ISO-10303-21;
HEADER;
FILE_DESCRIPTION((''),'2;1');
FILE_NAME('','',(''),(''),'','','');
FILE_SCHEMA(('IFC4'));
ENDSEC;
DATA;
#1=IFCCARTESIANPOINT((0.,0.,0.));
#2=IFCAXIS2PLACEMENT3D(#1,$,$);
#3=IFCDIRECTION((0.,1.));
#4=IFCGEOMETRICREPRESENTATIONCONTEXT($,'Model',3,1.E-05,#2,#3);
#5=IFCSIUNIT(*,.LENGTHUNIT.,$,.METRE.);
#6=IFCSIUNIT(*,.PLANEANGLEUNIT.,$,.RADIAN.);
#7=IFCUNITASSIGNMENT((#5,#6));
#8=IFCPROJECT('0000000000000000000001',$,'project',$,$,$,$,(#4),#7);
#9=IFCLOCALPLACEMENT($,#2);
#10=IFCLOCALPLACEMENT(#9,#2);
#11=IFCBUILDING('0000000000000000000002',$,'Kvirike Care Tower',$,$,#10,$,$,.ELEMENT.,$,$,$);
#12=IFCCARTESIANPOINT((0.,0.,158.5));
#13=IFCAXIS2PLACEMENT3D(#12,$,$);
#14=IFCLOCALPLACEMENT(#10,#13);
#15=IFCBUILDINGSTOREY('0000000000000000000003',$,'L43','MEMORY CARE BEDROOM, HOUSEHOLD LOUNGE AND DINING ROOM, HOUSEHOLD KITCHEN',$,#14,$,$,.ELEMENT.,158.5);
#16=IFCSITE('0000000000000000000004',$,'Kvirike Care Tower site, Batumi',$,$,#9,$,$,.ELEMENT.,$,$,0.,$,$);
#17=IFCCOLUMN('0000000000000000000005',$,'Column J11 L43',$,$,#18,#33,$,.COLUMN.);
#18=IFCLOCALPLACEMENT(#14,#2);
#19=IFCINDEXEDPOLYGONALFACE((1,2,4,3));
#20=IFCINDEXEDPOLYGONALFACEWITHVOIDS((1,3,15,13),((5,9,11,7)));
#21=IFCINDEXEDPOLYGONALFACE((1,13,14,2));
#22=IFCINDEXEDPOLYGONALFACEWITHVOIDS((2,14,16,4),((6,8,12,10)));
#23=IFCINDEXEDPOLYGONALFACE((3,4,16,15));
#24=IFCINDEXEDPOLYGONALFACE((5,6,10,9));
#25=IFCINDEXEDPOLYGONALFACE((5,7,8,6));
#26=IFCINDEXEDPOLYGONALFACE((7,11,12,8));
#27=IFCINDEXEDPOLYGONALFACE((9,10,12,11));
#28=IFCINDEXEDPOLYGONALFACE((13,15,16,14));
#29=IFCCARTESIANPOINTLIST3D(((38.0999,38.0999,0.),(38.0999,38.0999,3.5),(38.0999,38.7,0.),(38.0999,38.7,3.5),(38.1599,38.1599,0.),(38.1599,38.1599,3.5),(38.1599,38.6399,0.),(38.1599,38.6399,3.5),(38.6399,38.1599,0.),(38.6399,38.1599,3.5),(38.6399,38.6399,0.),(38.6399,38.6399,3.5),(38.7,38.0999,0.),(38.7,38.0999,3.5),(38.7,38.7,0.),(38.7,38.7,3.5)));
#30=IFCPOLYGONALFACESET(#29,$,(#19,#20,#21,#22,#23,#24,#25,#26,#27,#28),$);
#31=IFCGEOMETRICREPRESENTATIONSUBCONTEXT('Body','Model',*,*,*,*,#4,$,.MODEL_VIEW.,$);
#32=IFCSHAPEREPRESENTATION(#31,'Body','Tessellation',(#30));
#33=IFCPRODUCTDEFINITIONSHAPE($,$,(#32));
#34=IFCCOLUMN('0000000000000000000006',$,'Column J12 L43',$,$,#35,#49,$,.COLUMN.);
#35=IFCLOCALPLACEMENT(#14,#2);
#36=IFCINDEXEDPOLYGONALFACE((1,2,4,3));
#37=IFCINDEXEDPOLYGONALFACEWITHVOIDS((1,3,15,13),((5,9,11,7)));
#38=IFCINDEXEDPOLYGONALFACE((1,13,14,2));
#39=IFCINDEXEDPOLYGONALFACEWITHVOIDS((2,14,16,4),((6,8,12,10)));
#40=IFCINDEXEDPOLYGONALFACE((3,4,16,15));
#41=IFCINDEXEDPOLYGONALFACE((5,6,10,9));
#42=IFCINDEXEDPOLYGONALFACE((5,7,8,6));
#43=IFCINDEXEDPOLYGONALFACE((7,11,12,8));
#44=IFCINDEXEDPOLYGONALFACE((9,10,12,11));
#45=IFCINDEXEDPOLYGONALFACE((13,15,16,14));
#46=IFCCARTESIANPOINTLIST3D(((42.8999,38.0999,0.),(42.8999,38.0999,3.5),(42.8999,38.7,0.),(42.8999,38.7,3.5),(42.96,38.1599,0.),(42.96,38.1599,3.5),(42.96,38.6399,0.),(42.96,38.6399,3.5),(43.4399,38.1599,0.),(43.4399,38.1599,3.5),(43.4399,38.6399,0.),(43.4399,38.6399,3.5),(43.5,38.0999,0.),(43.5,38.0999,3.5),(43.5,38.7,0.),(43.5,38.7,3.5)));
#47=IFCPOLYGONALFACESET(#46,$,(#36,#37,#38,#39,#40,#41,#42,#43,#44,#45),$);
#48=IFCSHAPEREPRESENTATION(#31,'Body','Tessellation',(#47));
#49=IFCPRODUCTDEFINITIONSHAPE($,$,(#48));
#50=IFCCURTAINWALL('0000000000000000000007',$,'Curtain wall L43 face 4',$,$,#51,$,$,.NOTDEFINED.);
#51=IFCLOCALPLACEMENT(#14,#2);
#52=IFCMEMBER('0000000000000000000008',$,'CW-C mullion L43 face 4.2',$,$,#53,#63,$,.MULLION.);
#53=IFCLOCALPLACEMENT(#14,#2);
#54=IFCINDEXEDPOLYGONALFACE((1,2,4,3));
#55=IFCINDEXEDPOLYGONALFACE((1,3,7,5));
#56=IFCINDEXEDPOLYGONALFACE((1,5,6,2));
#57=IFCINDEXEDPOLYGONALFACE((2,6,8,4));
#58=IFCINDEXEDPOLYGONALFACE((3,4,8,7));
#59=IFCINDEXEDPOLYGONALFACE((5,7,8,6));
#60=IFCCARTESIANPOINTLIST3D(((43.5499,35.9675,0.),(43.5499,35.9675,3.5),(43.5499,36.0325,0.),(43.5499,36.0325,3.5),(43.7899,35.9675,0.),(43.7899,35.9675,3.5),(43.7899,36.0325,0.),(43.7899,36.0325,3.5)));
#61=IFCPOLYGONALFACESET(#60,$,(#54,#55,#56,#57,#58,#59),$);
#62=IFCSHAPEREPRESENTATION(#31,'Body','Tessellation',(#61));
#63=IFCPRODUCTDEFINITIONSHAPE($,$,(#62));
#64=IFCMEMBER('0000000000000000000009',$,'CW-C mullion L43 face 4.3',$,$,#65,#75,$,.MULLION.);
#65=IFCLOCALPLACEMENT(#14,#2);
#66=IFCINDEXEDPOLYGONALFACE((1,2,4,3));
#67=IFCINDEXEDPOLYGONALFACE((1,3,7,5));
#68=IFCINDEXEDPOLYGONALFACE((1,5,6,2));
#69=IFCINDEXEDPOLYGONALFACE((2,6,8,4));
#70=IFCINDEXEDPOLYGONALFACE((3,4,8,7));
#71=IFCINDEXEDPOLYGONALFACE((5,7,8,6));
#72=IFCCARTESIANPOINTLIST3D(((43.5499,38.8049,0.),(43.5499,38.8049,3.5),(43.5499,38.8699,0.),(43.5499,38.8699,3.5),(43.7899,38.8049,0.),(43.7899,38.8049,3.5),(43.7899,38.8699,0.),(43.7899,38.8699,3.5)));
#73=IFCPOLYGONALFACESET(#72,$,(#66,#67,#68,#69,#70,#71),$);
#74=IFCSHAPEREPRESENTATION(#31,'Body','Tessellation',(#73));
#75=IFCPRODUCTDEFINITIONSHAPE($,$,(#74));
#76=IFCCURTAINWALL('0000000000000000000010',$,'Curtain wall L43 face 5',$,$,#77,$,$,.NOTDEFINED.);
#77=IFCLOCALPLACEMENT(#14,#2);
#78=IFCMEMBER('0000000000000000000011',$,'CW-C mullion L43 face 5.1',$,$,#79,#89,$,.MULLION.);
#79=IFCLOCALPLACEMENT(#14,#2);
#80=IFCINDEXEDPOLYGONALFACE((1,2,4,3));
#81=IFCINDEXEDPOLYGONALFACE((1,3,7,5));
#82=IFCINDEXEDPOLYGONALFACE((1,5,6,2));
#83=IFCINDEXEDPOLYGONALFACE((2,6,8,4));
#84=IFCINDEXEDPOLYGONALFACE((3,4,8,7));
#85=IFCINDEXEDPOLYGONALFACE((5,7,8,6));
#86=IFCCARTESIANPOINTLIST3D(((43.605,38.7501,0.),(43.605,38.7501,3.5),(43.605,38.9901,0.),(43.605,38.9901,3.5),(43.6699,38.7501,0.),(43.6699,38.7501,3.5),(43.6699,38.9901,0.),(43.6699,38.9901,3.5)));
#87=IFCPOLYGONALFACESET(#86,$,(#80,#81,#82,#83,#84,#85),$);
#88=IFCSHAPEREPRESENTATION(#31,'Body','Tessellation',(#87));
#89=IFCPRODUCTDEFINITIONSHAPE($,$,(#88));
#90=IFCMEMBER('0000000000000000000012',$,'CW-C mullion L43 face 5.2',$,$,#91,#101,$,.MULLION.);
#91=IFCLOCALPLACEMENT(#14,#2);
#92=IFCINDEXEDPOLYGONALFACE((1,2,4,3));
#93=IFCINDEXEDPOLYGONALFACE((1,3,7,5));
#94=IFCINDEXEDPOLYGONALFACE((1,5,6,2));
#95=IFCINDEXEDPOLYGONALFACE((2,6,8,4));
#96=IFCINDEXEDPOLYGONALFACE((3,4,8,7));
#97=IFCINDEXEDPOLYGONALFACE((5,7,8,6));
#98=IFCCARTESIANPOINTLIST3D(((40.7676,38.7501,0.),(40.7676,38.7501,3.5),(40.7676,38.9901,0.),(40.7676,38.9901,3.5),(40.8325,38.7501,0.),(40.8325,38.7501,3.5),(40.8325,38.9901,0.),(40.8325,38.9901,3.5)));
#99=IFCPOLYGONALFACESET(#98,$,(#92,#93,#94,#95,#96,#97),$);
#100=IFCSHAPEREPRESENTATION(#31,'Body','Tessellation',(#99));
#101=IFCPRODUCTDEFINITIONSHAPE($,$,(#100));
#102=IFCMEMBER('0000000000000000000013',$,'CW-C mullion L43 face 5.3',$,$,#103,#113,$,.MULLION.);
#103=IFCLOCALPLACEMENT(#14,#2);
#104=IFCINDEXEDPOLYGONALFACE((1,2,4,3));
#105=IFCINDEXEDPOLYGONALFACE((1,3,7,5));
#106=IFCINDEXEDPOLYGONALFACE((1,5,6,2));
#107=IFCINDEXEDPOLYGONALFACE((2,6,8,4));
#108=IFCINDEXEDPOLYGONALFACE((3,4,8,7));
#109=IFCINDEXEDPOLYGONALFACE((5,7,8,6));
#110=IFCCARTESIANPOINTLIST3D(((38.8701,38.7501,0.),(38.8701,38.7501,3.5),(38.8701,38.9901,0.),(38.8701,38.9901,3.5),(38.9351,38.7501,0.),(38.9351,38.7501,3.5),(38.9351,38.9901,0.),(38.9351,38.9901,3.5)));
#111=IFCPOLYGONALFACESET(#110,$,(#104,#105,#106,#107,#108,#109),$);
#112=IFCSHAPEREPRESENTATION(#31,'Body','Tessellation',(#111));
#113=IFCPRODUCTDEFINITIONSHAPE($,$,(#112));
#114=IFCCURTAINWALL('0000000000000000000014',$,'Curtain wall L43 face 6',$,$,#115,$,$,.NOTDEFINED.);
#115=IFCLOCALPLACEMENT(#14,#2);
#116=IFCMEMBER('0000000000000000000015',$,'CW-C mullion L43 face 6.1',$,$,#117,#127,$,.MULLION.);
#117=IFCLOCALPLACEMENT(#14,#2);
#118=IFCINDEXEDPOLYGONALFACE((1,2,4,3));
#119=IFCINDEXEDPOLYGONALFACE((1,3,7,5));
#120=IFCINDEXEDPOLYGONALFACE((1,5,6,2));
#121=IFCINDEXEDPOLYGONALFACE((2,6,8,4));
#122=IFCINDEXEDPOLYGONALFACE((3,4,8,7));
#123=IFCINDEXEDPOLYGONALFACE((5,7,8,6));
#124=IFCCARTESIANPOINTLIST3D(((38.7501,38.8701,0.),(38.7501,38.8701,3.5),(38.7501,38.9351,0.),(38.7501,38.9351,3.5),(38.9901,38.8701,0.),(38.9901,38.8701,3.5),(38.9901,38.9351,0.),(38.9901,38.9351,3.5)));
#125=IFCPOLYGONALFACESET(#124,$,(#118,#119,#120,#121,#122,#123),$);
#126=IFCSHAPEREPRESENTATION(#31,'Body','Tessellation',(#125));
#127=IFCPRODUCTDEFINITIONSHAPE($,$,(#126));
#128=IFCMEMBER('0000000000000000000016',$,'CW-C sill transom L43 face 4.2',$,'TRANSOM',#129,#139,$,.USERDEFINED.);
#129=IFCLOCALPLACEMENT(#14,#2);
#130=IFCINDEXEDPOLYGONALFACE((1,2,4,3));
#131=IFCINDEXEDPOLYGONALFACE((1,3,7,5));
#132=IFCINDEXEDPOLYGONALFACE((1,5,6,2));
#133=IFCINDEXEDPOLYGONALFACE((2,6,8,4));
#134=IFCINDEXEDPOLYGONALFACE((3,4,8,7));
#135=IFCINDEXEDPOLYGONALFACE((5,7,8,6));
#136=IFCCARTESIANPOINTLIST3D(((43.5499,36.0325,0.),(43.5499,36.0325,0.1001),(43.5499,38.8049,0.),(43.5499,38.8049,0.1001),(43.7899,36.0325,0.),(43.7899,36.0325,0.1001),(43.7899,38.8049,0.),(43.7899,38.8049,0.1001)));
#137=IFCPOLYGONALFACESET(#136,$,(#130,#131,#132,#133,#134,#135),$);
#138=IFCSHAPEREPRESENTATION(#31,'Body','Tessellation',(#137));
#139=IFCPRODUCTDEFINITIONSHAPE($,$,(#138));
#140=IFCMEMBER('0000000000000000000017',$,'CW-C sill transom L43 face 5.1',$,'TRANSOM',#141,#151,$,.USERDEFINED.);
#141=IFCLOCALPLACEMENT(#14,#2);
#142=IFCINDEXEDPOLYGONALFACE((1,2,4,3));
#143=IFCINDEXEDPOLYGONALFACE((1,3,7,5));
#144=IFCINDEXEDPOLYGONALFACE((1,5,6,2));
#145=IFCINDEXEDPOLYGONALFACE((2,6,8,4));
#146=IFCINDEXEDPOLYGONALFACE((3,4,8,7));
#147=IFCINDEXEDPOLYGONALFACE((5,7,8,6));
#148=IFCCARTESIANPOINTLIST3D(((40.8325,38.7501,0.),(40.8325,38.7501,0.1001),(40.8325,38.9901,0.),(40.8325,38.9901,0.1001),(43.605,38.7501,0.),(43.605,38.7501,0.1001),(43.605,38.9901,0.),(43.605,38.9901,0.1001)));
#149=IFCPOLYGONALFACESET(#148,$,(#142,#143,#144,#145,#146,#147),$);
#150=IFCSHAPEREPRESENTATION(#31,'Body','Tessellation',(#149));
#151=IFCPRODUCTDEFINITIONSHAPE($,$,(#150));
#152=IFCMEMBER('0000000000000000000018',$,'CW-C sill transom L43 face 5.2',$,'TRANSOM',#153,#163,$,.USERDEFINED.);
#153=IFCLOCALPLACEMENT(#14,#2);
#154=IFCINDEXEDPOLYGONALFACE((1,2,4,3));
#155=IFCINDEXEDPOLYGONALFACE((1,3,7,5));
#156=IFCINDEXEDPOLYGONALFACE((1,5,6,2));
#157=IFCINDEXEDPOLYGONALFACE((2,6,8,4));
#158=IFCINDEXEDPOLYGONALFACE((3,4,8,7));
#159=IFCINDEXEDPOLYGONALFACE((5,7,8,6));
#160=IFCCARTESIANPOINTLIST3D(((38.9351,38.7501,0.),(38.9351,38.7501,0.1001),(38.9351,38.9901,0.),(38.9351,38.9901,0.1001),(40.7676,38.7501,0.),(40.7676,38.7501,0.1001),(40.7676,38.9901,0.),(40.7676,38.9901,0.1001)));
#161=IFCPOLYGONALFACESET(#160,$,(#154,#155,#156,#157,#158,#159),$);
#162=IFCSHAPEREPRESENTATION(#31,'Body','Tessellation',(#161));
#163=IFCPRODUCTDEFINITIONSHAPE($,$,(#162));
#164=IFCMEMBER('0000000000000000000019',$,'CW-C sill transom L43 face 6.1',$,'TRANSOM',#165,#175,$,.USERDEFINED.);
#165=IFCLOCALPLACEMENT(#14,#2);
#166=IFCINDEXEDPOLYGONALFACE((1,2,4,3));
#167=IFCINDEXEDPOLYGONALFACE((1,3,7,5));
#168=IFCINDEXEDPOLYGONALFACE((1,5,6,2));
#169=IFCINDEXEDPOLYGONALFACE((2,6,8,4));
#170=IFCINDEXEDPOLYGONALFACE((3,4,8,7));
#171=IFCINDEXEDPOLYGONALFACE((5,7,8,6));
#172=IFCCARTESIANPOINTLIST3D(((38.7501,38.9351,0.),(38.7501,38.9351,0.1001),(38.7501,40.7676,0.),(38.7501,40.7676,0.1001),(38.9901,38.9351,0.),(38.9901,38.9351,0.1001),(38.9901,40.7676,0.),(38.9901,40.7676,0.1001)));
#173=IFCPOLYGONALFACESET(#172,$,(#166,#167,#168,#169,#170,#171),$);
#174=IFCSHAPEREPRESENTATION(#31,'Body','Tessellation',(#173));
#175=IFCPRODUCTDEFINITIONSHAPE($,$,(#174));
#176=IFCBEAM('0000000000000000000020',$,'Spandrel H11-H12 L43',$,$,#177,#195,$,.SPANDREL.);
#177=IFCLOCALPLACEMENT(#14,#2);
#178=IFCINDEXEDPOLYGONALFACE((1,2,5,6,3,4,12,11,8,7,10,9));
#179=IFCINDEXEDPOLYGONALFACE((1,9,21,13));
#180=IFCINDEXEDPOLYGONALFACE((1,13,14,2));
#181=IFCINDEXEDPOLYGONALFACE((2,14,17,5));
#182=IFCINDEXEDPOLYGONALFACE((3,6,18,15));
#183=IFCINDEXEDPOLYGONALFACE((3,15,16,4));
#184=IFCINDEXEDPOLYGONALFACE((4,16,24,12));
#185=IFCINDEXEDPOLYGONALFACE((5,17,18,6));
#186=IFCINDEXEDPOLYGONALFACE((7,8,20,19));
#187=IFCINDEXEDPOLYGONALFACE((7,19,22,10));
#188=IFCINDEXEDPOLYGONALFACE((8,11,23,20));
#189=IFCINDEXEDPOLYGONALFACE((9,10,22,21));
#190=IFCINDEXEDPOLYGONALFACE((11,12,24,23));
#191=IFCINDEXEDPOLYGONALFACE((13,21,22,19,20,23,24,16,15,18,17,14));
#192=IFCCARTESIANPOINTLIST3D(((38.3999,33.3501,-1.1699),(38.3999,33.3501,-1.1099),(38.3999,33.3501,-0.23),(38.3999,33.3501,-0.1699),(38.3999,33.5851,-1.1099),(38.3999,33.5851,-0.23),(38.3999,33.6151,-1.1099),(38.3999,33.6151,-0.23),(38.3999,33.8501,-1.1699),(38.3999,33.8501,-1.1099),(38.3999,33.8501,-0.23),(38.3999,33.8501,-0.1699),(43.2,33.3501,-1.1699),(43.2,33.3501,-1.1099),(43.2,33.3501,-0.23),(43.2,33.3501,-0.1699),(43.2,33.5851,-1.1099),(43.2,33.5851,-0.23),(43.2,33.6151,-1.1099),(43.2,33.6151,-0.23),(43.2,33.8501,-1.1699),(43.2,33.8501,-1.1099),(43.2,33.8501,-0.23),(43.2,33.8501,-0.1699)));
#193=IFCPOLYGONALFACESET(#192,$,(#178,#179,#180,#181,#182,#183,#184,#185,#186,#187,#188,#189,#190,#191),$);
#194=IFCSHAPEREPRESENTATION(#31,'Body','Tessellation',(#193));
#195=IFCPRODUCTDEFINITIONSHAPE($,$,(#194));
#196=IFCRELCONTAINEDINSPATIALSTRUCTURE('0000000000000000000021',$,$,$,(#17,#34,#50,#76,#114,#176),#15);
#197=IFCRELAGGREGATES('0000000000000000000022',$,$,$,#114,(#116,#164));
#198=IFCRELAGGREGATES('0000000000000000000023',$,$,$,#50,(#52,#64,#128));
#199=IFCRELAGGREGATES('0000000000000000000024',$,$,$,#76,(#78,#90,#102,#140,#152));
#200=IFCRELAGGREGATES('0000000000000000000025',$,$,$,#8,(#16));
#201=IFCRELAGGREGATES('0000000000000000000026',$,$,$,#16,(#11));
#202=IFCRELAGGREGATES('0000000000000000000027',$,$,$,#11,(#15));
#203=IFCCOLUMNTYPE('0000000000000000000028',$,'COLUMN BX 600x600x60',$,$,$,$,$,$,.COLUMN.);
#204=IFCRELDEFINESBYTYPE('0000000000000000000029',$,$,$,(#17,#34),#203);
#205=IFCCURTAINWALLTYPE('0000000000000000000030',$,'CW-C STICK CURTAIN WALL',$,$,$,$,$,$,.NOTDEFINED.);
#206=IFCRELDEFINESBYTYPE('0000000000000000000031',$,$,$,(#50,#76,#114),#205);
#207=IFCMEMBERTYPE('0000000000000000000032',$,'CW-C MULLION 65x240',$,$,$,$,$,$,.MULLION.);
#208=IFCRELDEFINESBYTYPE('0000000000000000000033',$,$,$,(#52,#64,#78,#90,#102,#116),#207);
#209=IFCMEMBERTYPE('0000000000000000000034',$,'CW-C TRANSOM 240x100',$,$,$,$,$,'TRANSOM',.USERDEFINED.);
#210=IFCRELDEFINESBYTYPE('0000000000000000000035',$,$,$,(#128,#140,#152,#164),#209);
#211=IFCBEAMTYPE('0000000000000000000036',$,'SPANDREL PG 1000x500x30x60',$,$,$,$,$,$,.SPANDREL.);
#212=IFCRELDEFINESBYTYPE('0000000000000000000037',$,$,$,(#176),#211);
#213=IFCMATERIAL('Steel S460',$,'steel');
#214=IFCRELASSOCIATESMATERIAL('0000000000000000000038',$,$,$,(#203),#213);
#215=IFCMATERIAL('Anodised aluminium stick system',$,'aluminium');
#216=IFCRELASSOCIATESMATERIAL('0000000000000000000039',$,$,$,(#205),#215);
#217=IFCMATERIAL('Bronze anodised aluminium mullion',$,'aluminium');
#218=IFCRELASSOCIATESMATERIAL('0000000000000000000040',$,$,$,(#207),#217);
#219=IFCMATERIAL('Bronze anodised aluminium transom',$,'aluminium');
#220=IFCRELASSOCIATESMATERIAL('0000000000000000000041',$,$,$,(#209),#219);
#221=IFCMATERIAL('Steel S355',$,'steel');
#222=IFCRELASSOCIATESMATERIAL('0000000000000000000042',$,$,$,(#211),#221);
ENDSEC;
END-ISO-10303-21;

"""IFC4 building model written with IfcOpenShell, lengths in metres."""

from ifc_helpers import new_model, si_unit, direction, frame, origin, origin_2d, place, context, subcontext, project, spatial, rectangle, hollow_rectangle, i_section, extrude, material, material_profile, profile_set, type_object, element, aggregate, save


model = new_model("IFC4")

# Units and contexts
model_context = context("Model", 3, precision=1e-05, world=origin(), true_north=direction((0.0, 1.0)))
body_context = subcontext(model_context, "Body", "Model", "MODEL_VIEW")
ifc_project = project(units=[si_unit("LENGTHUNIT", "METRE"), si_unit("PLANEANGLEUNIT", "RADIAN")], contexts=[model_context])

# Site, building, storey
site_placement = place(None, origin())
site = spatial("IfcSite", under=ifc_project, at=site_placement, Name="Kvirike Care Tower site, Batumi", CompositionType="ELEMENT", RefElevation=0.0)
building_placement = place(site_placement, origin())
building = spatial("IfcBuilding", under=site, at=building_placement, Name="Kvirike Care Tower", CompositionType="ELEMENT")
storey_placement = place(building_placement, frame((0.0, 0.0, 158.5)))
storey = spatial("IfcBuildingStorey", under=building, at=storey_placement, Name="L43", Description="MEMORY CARE BEDROOM, HOUSEHOLD LOUNGE AND DINING ROOM, HOUSEHOLD KITCHEN", CompositionType="ELEMENT", Elevation=158.5)

# Columns
ifc_material_1 = material(Name="Steel S460", Category="steel")
ifc_material_profile_1 = material_profile(ifc_material_1, hollow_rectangle(XDim=0.6001, YDim=0.6001, WallThickness=0.0601, at=origin_2d()), Name="BX 600x600x60")
ifc_profile_set_1 = profile_set([ifc_material_profile_1], Name="Steel S460")
column_type = type_object("IfcColumnType", Name="COLUMN BX 600x600x60", PredefinedType="COLUMN", material=ifc_profile_set_1)
for number, where, z_axis, x_axis, name in (
    (1, (38.3999, 38.3999, 0.0), (0.0, 0.0, 1.0), (0.0, 1.0, 0.0), "Column J11 L43"),
    (2, (43.2, 38.3999, 0.0), (0.0, 0.0, 1.0), (0.0, 1.0, 0.0), "Column J12 L43"),
):
    element("IfcColumn", number, at=place(storey_placement, frame(where, z_axis=z_axis, x_axis=x_axis)), inside=storey, type_object=column_type, Name=name, PredefinedType="COLUMN", context=body_context, shape_type="SweptSolid", body=[
        extrude(hollow_rectangle(XDim=0.6001, YDim=0.6001, WallThickness=0.0601, at=origin_2d()), origin(), (0.0, 0.0, 1.0), 3.5),
    ])

# Curtain walls, members
ifc_material_2 = material(Name="Anodised aluminium stick system", Category="aluminium")
curtain_wall_type = type_object("IfcCurtainWallType", Name="CW-C STICK CURTAIN WALL", PredefinedType="NOTDEFINED", material=ifc_material_2)
curtain_wall_1_placement = place(storey_placement, origin())
curtain_wall_1 = element("IfcCurtainWall", 3, at=curtain_wall_1_placement, inside=storey, type_object=curtain_wall_type, Name="Curtain wall L43 face 4", PredefinedType="NOTDEFINED")
ifc_material_3 = material(Name="Bronze anodised aluminium mullion", Category="aluminium")
ifc_material_profile_2 = material_profile(ifc_material_3, rectangle(XDim=0.0649, YDim=0.24, at=origin_2d()), Name="CW-C MULLION 65x240")
ifc_profile_set_2 = profile_set([ifc_material_profile_2], Name="Bronze anodised aluminium mullion")
member_type_1 = type_object("IfcMemberType", Name="CW-C MULLION 65x240", PredefinedType="MULLION", material=ifc_profile_set_2)
member_1_placement = place(storey_placement, frame((43.6699, 36.0, 0.0), z_axis=(0.0, 0.0, 1.0), x_axis=(0.0, 1.0, 0.0)))
member_1 = element("IfcMember", 4, at=member_1_placement, type_object=member_type_1, Name="CW-C mullion L43 face 4.2", PredefinedType="MULLION", context=body_context, shape_type="SweptSolid", body=[
    extrude(rectangle(XDim=0.0649, YDim=0.24, at=origin_2d()), origin(), (0.0, 0.0, 1.0), 3.5),
])
member_2_placement = place(storey_placement, frame((43.6699, 38.8374, 0.0), z_axis=(0.0, 0.0, 1.0), x_axis=(0.0, 1.0, 0.0)))
member_2 = element("IfcMember", 5, at=member_2_placement, type_object=member_type_1, Name="CW-C mullion L43 face 4.3", PredefinedType="MULLION", context=body_context, shape_type="SweptSolid", body=[
    extrude(rectangle(XDim=0.0649, YDim=0.24, at=origin_2d()), origin(), (0.0, 0.0, 1.0), 3.5),
])
curtain_wall_2_placement = place(storey_placement, origin())
curtain_wall_2 = element("IfcCurtainWall", 6, at=curtain_wall_2_placement, inside=storey, type_object=curtain_wall_type, Name="Curtain wall L43 face 5", PredefinedType="NOTDEFINED")
member_3_placement = place(storey_placement, frame((43.6375, 38.8701, 0.0), z_axis=(0.0, 0.0, 1.0), x_axis=(-1.0, 0.0, 0.0)))
member_3 = element("IfcMember", 7, at=member_3_placement, type_object=member_type_1, Name="CW-C mullion L43 face 5.1", PredefinedType="MULLION", context=body_context, shape_type="SweptSolid", body=[
    extrude(rectangle(XDim=0.0649, YDim=0.24, at=origin_2d()), origin(), (0.0, 0.0, 1.0), 3.5),
])
member_4_placement = place(storey_placement, frame((40.8, 38.8701, 0.0), z_axis=(0.0, 0.0, 1.0), x_axis=(-1.0, 0.0, 0.0)))
member_4 = element("IfcMember", 8, at=member_4_placement, type_object=member_type_1, Name="CW-C mullion L43 face 5.2", PredefinedType="MULLION", context=body_context, shape_type="SweptSolid", body=[
    extrude(rectangle(XDim=0.0649, YDim=0.24, at=origin_2d()), origin(), (0.0, 0.0, 1.0), 3.5),
])
member_5_placement = place(storey_placement, frame((38.9026, 38.8701, 0.0), z_axis=(0.0, 0.0, 1.0), x_axis=(-1.0, 0.0, 0.0)))
member_5 = element("IfcMember", 9, at=member_5_placement, type_object=member_type_1, Name="CW-C mullion L43 face 5.3", PredefinedType="MULLION", context=body_context, shape_type="SweptSolid", body=[
    extrude(rectangle(XDim=0.0649, YDim=0.24, at=origin_2d()), origin(), (0.0, 0.0, 1.0), 3.5),
])

# Curtain wall, member
curtain_wall_3_placement = place(storey_placement, origin())
curtain_wall_3 = element("IfcCurtainWall", 10, at=curtain_wall_3_placement, inside=storey, type_object=curtain_wall_type, Name="Curtain wall L43 face 6", PredefinedType="NOTDEFINED")
member_6_placement = place(storey_placement, frame((38.8701, 38.9026, 0.0), z_axis=(0.0, 0.0, 1.0), x_axis=(0.0, 1.0, 0.0)))
member_6 = element("IfcMember", 11, at=member_6_placement, type_object=member_type_1, Name="CW-C mullion L43 face 6.1", PredefinedType="MULLION", context=body_context, shape_type="SweptSolid", body=[
    extrude(rectangle(XDim=0.0649, YDim=0.24, at=origin_2d()), origin(), (0.0, 0.0, 1.0), 3.5),
])

# Members
ifc_material_4 = material(Name="Bronze anodised aluminium transom", Category="aluminium")
ifc_material_profile_3 = material_profile(ifc_material_4, rectangle(XDim=0.24, YDim=0.1001, at=origin_2d()), Name="CW-C TRANSOM 240x100")
ifc_profile_set_3 = profile_set([ifc_material_profile_3], Name="Bronze anodised aluminium transom")
member_type_2 = type_object("IfcMemberType", Name="CW-C TRANSOM 240x100", ElementType="TRANSOM", PredefinedType="USERDEFINED", material=ifc_profile_set_3)
member_7_placement = place(storey_placement, frame((43.6699, 36.0325, 0.05), z_axis=(0.0, 1.0, 0.0), x_axis=(-1.0, 0.0, 0.0)))
member_7 = element("IfcMember", 12, at=member_7_placement, type_object=member_type_2, Name="CW-C sill transom L43 face 4.2", ObjectType="TRANSOM", PredefinedType="USERDEFINED", context=body_context, shape_type="SweptSolid", body=[
    extrude(rectangle(XDim=0.24, YDim=0.1001, at=origin_2d()), origin(), (0.0, 0.0, 1.0), 2.7725),
])
member_8_placement = place(storey_placement, frame((43.605, 38.8701, 0.05), z_axis=(-1.0, 0.0, 0.0), x_axis=(0.0, -1.0, 0.0)))
member_8 = element("IfcMember", 13, at=member_8_placement, type_object=member_type_2, Name="CW-C sill transom L43 face 5.1", ObjectType="TRANSOM", PredefinedType="USERDEFINED", context=body_context, shape_type="SweptSolid", body=[
    extrude(rectangle(XDim=0.24, YDim=0.1001, at=origin_2d()), origin(), (0.0, 0.0, 1.0), 2.7725),
])
member_9_placement = place(storey_placement, frame((40.7676, 38.8701, 0.05), z_axis=(-1.0, 0.0, 0.0), x_axis=(0.0, -1.0, 0.0)))
member_9 = element("IfcMember", 14, at=member_9_placement, type_object=member_type_2, Name="CW-C sill transom L43 face 5.2", ObjectType="TRANSOM", PredefinedType="USERDEFINED", context=body_context, shape_type="SweptSolid", body=[
    extrude(rectangle(XDim=0.24, YDim=0.1001, at=origin_2d()), origin(), (0.0, 0.0, 1.0), 1.8325),
])
member_10_placement = place(storey_placement, frame((38.8701, 38.9351, 0.05), z_axis=(0.0, 1.0, 0.0), x_axis=(-1.0, 0.0, 0.0)))
member_10 = element("IfcMember", 15, at=member_10_placement, type_object=member_type_2, Name="CW-C sill transom L43 face 6.1", ObjectType="TRANSOM", PredefinedType="USERDEFINED", context=body_context, shape_type="SweptSolid", body=[
    extrude(rectangle(XDim=0.24, YDim=0.1001, at=origin_2d()), origin(), (0.0, 0.0, 1.0), 1.8325),
])
aggregate(curtain_wall_3, [member_6, member_10])

# Beam
ifc_material_5 = material(Name="Steel S355", Category="steel")
ifc_material_profile_4 = material_profile(ifc_material_5, i_section(OverallWidth=0.5, OverallDepth=1.0, WebThickness=0.03, FlangeThickness=0.0601, at=origin_2d()), Name="PG 1000x500x30x60")
ifc_profile_set_4 = profile_set([ifc_material_profile_4], Name="Steel S355")
beam_type = type_object("IfcBeamType", Name="SPANDREL PG 1000x500x30x60", PredefinedType="SPANDREL", material=ifc_profile_set_4)
for number, where, z_axis, x_axis, name in (
    (16, (38.3999, 33.6001, -0.6699), (1.0, 0.0, 0.0), (0.0, 1.0, 0.0), "Spandrel H11-H12 L43"),
):
    element("IfcBeam", number, at=place(storey_placement, frame(where, z_axis=z_axis, x_axis=x_axis)), inside=storey, type_object=beam_type, Name=name, PredefinedType="SPANDREL", context=body_context, shape_type="SweptSolid", body=[
        extrude(i_section(OverallWidth=0.5, OverallDepth=1.0, WebThickness=0.03, FlangeThickness=0.0601, at=origin_2d()), origin(), (0.0, 0.0, 1.0), 4.8),
    ])

aggregate(curtain_wall_1, [member_1, member_2, member_7])
aggregate(curtain_wall_2, [member_3, member_4, member_5, member_8, member_9])

save(model, "model.ifc")
